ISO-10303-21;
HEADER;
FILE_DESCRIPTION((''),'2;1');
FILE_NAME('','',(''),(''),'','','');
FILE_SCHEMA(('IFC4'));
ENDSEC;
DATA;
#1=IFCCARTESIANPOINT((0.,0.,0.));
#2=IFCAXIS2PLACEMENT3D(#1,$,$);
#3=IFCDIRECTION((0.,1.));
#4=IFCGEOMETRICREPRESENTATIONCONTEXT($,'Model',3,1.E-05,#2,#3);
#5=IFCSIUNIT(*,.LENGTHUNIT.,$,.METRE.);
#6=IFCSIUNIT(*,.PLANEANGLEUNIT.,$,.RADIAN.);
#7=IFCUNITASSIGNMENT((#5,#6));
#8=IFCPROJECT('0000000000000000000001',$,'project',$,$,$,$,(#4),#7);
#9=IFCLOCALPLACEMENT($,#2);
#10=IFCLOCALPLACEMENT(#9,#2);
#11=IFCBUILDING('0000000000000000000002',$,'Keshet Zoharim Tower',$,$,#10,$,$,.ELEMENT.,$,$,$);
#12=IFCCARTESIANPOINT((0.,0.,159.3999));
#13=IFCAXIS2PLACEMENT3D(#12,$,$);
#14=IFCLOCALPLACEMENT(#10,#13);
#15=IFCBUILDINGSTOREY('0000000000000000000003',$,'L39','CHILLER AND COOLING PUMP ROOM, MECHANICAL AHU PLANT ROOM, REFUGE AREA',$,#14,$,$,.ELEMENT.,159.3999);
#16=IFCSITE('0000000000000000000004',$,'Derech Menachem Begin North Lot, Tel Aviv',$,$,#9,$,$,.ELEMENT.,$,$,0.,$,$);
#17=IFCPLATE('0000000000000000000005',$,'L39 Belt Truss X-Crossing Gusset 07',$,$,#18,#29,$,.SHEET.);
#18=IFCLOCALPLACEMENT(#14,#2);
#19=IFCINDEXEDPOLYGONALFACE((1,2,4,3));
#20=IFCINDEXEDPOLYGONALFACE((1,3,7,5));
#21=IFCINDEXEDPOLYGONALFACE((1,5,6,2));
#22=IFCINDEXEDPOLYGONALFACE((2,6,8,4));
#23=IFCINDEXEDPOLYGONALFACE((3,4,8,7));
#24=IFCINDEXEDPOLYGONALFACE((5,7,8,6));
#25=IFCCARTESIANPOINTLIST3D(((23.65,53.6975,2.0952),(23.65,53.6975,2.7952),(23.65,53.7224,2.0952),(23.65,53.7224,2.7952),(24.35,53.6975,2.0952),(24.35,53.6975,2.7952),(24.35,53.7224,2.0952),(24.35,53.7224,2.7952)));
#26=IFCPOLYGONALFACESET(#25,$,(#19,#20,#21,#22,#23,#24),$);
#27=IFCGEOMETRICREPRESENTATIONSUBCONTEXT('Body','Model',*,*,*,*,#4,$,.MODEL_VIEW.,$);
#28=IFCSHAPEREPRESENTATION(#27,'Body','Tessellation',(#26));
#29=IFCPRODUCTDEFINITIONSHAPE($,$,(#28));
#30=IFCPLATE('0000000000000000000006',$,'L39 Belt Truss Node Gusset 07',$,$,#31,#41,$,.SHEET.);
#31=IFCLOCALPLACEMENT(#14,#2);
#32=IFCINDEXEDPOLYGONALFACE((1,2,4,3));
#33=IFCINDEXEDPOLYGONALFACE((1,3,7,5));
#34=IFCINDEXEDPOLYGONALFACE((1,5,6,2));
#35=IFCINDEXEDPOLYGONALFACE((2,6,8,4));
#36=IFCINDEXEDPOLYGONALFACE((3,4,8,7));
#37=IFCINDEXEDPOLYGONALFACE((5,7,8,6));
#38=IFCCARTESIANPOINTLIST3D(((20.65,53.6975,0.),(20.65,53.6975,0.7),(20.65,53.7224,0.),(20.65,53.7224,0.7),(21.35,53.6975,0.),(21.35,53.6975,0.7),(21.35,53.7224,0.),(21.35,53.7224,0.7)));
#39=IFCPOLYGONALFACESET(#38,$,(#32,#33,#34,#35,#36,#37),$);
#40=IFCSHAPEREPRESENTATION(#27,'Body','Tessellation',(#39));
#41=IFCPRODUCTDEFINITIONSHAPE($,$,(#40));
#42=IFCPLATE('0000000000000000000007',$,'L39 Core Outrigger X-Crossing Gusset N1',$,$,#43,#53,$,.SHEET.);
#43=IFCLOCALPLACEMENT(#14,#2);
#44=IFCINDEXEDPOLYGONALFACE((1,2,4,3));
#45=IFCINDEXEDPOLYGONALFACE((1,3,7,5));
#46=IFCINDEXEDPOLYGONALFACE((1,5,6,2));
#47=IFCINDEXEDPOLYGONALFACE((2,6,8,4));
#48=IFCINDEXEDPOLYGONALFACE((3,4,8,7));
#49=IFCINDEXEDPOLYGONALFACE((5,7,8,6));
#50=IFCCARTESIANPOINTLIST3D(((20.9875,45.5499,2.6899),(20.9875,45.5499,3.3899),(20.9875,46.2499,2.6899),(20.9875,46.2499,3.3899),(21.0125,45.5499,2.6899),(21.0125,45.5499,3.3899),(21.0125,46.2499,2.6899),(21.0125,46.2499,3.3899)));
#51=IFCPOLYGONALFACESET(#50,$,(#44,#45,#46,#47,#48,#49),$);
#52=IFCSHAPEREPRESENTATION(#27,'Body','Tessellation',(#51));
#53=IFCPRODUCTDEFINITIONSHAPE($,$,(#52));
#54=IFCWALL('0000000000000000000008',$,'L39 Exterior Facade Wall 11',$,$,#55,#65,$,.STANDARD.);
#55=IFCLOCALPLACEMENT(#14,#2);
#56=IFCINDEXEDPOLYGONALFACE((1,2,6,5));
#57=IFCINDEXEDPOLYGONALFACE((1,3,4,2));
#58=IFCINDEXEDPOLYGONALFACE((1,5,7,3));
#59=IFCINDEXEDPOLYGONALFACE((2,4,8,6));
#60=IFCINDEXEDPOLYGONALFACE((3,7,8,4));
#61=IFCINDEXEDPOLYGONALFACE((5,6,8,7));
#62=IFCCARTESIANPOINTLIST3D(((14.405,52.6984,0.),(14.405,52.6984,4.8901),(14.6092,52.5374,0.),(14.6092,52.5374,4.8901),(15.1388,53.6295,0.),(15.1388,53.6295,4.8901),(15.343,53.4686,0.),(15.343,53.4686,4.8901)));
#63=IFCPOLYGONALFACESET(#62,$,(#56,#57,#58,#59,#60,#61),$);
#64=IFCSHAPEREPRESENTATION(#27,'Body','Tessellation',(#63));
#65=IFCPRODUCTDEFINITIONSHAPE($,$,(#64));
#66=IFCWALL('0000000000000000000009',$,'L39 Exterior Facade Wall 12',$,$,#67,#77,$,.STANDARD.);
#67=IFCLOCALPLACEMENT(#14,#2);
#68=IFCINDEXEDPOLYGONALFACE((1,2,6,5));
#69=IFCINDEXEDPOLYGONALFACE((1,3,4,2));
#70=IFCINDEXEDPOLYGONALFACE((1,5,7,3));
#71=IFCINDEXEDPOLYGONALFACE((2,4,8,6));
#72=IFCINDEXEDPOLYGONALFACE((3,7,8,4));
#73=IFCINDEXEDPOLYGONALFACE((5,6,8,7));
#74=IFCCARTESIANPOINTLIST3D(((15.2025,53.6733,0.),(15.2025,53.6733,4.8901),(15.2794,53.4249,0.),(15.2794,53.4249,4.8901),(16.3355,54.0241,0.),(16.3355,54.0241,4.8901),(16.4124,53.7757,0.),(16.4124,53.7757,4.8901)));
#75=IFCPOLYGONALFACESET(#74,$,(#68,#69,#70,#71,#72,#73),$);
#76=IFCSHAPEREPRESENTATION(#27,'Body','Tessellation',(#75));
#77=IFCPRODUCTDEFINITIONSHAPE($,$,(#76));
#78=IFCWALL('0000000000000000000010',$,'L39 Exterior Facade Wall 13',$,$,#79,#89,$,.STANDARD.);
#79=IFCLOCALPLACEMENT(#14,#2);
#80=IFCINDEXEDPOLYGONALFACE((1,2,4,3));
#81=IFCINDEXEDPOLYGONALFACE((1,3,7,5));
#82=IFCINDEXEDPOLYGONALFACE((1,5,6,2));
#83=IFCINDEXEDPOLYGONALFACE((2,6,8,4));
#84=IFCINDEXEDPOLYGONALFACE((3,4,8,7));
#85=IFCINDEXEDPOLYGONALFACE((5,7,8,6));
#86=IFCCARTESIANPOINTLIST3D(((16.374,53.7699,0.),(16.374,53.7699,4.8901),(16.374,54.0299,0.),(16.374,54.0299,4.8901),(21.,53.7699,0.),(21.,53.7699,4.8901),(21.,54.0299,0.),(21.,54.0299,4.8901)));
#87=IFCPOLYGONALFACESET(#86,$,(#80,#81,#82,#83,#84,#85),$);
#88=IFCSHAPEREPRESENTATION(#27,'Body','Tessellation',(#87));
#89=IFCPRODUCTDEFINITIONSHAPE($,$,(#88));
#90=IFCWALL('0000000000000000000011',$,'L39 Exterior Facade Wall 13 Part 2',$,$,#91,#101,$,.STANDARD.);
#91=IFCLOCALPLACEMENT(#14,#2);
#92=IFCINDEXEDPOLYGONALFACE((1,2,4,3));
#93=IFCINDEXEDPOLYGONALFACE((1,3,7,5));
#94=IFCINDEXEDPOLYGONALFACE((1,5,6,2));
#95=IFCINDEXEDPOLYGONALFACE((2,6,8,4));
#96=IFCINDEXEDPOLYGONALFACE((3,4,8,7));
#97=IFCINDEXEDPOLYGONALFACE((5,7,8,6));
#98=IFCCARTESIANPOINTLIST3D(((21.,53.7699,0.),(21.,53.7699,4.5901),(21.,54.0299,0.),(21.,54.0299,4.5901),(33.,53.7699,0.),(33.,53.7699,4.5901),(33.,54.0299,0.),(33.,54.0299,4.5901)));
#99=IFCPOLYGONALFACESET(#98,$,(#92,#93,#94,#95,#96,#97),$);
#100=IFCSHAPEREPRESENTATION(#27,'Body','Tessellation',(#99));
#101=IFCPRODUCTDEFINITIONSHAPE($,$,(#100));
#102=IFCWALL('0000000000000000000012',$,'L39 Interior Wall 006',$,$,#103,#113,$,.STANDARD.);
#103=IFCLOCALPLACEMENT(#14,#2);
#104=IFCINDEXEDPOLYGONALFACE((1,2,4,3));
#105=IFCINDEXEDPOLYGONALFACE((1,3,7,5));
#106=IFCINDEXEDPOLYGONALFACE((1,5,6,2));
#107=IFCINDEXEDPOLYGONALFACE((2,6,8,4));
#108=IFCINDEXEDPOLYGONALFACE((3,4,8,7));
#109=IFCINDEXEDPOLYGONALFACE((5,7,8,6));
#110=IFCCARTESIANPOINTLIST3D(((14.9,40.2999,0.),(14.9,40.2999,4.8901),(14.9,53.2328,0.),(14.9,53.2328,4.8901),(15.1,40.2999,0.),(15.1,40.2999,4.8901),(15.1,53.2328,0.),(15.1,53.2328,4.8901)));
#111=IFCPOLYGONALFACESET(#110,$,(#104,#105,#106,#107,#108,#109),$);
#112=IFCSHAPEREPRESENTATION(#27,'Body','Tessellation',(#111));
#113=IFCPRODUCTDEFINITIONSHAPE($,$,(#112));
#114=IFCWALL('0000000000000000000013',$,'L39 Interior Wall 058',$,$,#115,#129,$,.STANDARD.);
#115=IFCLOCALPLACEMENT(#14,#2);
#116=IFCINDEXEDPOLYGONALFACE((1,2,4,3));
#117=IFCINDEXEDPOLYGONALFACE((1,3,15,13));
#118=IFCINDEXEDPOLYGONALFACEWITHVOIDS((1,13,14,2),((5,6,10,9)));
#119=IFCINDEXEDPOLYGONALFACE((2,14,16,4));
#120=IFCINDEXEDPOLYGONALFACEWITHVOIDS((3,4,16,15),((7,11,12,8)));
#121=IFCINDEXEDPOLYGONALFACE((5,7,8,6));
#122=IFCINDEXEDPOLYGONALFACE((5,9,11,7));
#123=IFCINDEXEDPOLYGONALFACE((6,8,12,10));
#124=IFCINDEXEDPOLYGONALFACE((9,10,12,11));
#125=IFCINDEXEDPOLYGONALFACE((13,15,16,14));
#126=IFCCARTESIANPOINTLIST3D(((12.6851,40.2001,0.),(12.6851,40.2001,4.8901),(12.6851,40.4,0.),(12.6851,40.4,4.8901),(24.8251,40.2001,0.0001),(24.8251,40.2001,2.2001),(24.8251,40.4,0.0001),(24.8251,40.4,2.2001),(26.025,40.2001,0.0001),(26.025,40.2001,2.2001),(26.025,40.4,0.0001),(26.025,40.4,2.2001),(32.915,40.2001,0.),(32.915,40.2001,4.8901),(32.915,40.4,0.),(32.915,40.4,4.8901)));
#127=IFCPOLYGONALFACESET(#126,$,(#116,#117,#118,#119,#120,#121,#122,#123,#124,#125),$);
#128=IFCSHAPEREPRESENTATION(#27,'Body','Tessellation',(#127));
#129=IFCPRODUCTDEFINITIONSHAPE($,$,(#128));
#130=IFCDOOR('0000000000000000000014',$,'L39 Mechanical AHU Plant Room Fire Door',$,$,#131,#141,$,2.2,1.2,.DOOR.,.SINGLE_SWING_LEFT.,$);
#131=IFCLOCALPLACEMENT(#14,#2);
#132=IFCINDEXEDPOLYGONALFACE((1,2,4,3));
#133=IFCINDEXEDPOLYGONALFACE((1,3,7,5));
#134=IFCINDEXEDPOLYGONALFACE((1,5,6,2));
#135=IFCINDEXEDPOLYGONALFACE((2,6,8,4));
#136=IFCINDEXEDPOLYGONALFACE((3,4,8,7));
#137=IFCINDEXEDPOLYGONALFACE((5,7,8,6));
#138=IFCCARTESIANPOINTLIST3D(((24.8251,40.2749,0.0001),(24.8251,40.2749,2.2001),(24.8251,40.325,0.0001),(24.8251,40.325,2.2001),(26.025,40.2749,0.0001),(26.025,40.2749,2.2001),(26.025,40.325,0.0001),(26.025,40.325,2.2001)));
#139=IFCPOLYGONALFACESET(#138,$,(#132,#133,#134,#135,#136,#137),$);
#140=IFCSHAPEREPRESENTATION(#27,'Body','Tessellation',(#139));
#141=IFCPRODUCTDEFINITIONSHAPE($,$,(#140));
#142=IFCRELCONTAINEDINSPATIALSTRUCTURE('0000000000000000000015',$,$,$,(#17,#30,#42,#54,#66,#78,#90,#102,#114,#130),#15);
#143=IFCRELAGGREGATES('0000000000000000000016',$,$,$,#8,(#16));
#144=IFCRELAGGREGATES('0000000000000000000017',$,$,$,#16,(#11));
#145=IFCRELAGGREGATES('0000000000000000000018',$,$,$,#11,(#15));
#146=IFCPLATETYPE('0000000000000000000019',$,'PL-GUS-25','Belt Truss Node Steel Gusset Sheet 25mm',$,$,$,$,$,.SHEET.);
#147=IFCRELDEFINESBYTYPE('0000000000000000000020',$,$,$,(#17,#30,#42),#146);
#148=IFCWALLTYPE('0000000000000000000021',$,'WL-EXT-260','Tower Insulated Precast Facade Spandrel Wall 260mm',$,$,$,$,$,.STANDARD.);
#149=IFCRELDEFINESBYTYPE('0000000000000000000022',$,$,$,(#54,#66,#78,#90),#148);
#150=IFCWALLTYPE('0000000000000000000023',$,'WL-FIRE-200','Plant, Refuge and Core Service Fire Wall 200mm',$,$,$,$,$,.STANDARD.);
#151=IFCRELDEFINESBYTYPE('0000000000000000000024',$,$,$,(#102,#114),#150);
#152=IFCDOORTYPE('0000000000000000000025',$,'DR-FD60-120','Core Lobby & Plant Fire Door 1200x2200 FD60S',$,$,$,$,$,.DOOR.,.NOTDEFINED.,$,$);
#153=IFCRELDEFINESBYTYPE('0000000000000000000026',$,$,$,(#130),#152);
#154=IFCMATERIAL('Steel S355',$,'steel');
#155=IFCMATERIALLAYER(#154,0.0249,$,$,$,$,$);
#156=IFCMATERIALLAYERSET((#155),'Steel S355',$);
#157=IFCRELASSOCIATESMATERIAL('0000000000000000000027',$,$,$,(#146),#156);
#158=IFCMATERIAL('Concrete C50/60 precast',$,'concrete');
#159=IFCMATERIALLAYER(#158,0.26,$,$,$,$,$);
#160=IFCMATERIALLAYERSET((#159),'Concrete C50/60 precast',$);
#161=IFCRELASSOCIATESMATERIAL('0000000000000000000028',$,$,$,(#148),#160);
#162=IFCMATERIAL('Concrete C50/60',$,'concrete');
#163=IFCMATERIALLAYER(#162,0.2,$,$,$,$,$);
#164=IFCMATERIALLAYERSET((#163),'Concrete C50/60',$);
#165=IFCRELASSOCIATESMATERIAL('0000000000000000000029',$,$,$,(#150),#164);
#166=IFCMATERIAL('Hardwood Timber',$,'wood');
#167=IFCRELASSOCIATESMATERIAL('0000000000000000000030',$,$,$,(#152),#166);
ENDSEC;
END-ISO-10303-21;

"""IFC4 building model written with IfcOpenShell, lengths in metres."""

from ifc_helpers import new_model, si_unit, direction, frame, frame_2d, origin, origin_2d, place, context, subcontext, project, spatial, rectangle, extrude, material, layer, layer_set, type_object, element, fill, save


model = new_model("IFC4")

# Units and contexts
model_context = context("Model", 3, precision=1e-05, world=origin(), true_north=direction((0.0, 1.0)))
body_context = subcontext(model_context, "Body", "Model", "MODEL_VIEW")
ifc_project = project(units=[si_unit("LENGTHUNIT", "METRE"), si_unit("PLANEANGLEUNIT", "RADIAN")], contexts=[model_context])

# Site, building, storey
site_placement = place(None, origin())
site = spatial("IfcSite", under=ifc_project, at=site_placement, Name="Derech Menachem Begin North Lot, Tel Aviv", CompositionType="ELEMENT", RefElevation=0.0)
building_placement = place(site_placement, origin())
building = spatial("IfcBuilding", under=site, at=building_placement, Name="Keshet Zoharim Tower", CompositionType="ELEMENT")
storey_placement = place(building_placement, frame((0.0, 0.0, 159.3999)))
storey = spatial("IfcBuildingStorey", under=building, at=storey_placement, Name="L39", Description="CHILLER AND COOLING PUMP ROOM, MECHANICAL AHU PLANT ROOM, REFUGE AREA", CompositionType="ELEMENT", Elevation=159.3999)

# Shared definitions
ifc_material_1 = material(Name="Steel S355", Category="steel")

# Plates
ifc_layer_1 = layer(ifc_material_1, 0.0249)
ifc_layer_set_1 = layer_set([ifc_layer_1], Name="Steel S355")
plate_type = type_object("IfcPlateType", Name="PL-GUS-25", Description="Belt Truss Node Steel Gusset Sheet 25mm", PredefinedType="SHEET", material=ifc_layer_set_1)
for number, where, z_axis, x_axis, name in (
    (1, (24.0, 53.71, 2.0952), (0.0, 0.0, 1.0), (1.0, 0.0, 0.0), "L39 Belt Truss X-Crossing Gusset 07"),
    (2, (21.0, 53.71, 0.0), (0.0, 0.0, 1.0), (1.0, 0.0, 0.0), "L39 Belt Truss Node Gusset 07"),
    (3, (21.0, 45.8999, 2.6899), (0.0, 0.0, 1.0), (0.0, 1.0, 0.0), "L39 Core Outrigger X-Crossing Gusset N1"),
):
    element("IfcPlate", number, at=place(storey_placement, frame(where, z_axis=z_axis, x_axis=x_axis)), inside=storey, type_object=plate_type, Name=name, PredefinedType="SHEET", context=body_context, shape_type="SweptSolid", body=[
        extrude(rectangle(XDim=0.7, YDim=0.0249, at=origin_2d()), origin(), (0.0, 0.0, 1.0), 0.7),
    ])

# Walls
ifc_material_2 = material(Name="Concrete C50/60 precast", Category="concrete")
ifc_layer_2 = layer(ifc_material_2, 0.26)
ifc_layer_set_2 = layer_set([ifc_layer_2], Name="Concrete C50/60 precast")
wall_type_1 = type_object("IfcWallType", Name="WL-EXT-260", Description="Tower Insulated Precast Facade Spandrel Wall 260mm", PredefinedType="STANDARD", material=ifc_layer_set_2)
wall_1_placement = place(storey_placement, frame((14.5071, 52.6179, 0.0), z_axis=(0.0, 0.0, 1.0), x_axis=(0.619003, 0.785389, 0.0)))
element("IfcWall", 4, at=wall_1_placement, inside=storey, type_object=wall_type_1, Name="L39 Exterior Facade Wall 11", PredefinedType="STANDARD", context=body_context, shape_type="SweptSolid", body=[
    extrude(rectangle(XDim=1.1855, YDim=0.26, at=frame_2d((0.5928, 0.0))), origin(), (0.0, 0.0, 1.0), 4.8901),
])
wall_2_placement = place(storey_placement, frame((15.241, 53.5491, 0.0), z_axis=(0.0, 0.0, 1.0), x_axis=(0.955257, 0.295778, 0.0)))
element("IfcWall", 5, at=wall_2_placement, inside=storey, type_object=wall_type_1, Name="L39 Exterior Facade Wall 12", PredefinedType="STANDARD", context=body_context, shape_type="SweptSolid", body=[
    extrude(rectangle(XDim=1.186, YDim=0.26, at=frame_2d((0.593, 0.0))), origin(), (0.0, 0.0, 1.0), 4.8901),
])
wall_3_placement = place(storey_placement, frame((16.374, 53.8999, 0.0), z_axis=(0.0, 0.0, 1.0), x_axis=(1.0, 0.0, 0.0)))
element("IfcWall", 6, at=wall_3_placement, inside=storey, type_object=wall_type_1, Name="L39 Exterior Facade Wall 13", PredefinedType="STANDARD", context=body_context, shape_type="SweptSolid", body=[
    extrude(rectangle(XDim=4.626, YDim=0.26, at=frame_2d((2.313, 0.0))), origin(), (0.0, 0.0, 1.0), 4.8901),
])
wall_4_placement = place(storey_placement, frame((21.0, 53.8999, 0.0), z_axis=(0.0, 0.0, 1.0), x_axis=(1.0, 0.0, 0.0)))
element("IfcWall", 7, at=wall_4_placement, inside=storey, type_object=wall_type_1, Name="L39 Exterior Facade Wall 13 Part 2", PredefinedType="STANDARD", context=body_context, shape_type="SweptSolid", body=[
    extrude(rectangle(XDim=12.0, YDim=0.26, at=frame_2d((6.0, 0.0))), origin(), (0.0, 0.0, 1.0), 4.5901),
])
ifc_material_3 = material(Name="Concrete C50/60", Category="concrete")
ifc_layer_3 = layer(ifc_material_3, 0.2)
ifc_layer_set_3 = layer_set([ifc_layer_3], Name="Concrete C50/60")
wall_type_2 = type_object("IfcWallType", Name="WL-FIRE-200", Description="Plant, Refuge and Core Service Fire Wall 200mm", PredefinedType="STANDARD", material=ifc_layer_set_3)
wall_5_placement = place(storey_placement, frame((15.0, 40.3, 0.0), z_axis=(0.0, 0.0, 1.0), x_axis=(0.0, 1.0, 0.0)))
element("IfcWall", 8, at=wall_5_placement, inside=storey, type_object=wall_type_2, Name="L39 Interior Wall 006", PredefinedType="STANDARD", context=body_context, shape_type="SweptSolid", body=[
    extrude(rectangle(XDim=12.9329, YDim=0.2, at=frame_2d((6.4663, 0.0))), origin(), (0.0, 0.0, 1.0), 4.8901),
])

# Wall, opening, door
wall_6_placement = place(storey_placement, frame((12.6851, 40.3, 0.0), z_axis=(0.0, 0.0, 1.0), x_axis=(1.0, 0.0, 0.0)))
wall_6 = element("IfcWall", 9, at=wall_6_placement, inside=storey, type_object=wall_type_2, Name="L39 Interior Wall 058", PredefinedType="STANDARD", context=body_context, shape_type="SweptSolid", body=[
    extrude(rectangle(XDim=20.23, YDim=0.2, at=frame_2d((10.115, 0.0))), origin(), (0.0, 0.0, 1.0), 4.8901),
])
opening_placement = place(wall_6_placement, frame((12.1399, 0.0, 0.0)))
opening = element("IfcOpeningElement", 10, at=opening_placement, cuts=wall_6, PredefinedType="OPENING", context=body_context, shape_type="SweptSolid", body=[
    extrude(rectangle(XDim=1.2, YDim=2.2, at=frame_2d((0.6001, 1.1001))), frame((0.0, 0.1099, 0.0), z_axis=(0.0, -1.0, 0.0), x_axis=(1.0, 0.0, 0.0)), (0.0, 0.0, 1.0), 0.22),
])
ifc_material_4 = material(Name="Hardwood Timber", Category="wood")
door_type = type_object("IfcDoorType", Name="DR-FD60-120", Description="Core Lobby & Plant Fire Door 1200x2200 FD60S", OperationType="NOTDEFINED", PredefinedType="DOOR", material=ifc_material_4)
door_placement = place(opening_placement, origin())
door = element("IfcDoor", 11, at=door_placement, inside=storey, type_object=door_type, Name="L39 Mechanical AHU Plant Room Fire Door", OperationType="SINGLE_SWING_LEFT", OverallHeight=2.2, OverallWidth=1.2, PredefinedType="DOOR", context=body_context, shape_type="SweptSolid", body=[
    extrude(rectangle(XDim=1.2, YDim=2.2, at=frame_2d((0.6001, 1.1001))), frame((0.0, 0.0249, 0.0), z_axis=(0.0, -1.0, 0.0), x_axis=(1.0, 0.0, 0.0)), (0.0, 0.0, 1.0), 0.05),
])
fill(opening, door)

save(model, "model.ifc")
